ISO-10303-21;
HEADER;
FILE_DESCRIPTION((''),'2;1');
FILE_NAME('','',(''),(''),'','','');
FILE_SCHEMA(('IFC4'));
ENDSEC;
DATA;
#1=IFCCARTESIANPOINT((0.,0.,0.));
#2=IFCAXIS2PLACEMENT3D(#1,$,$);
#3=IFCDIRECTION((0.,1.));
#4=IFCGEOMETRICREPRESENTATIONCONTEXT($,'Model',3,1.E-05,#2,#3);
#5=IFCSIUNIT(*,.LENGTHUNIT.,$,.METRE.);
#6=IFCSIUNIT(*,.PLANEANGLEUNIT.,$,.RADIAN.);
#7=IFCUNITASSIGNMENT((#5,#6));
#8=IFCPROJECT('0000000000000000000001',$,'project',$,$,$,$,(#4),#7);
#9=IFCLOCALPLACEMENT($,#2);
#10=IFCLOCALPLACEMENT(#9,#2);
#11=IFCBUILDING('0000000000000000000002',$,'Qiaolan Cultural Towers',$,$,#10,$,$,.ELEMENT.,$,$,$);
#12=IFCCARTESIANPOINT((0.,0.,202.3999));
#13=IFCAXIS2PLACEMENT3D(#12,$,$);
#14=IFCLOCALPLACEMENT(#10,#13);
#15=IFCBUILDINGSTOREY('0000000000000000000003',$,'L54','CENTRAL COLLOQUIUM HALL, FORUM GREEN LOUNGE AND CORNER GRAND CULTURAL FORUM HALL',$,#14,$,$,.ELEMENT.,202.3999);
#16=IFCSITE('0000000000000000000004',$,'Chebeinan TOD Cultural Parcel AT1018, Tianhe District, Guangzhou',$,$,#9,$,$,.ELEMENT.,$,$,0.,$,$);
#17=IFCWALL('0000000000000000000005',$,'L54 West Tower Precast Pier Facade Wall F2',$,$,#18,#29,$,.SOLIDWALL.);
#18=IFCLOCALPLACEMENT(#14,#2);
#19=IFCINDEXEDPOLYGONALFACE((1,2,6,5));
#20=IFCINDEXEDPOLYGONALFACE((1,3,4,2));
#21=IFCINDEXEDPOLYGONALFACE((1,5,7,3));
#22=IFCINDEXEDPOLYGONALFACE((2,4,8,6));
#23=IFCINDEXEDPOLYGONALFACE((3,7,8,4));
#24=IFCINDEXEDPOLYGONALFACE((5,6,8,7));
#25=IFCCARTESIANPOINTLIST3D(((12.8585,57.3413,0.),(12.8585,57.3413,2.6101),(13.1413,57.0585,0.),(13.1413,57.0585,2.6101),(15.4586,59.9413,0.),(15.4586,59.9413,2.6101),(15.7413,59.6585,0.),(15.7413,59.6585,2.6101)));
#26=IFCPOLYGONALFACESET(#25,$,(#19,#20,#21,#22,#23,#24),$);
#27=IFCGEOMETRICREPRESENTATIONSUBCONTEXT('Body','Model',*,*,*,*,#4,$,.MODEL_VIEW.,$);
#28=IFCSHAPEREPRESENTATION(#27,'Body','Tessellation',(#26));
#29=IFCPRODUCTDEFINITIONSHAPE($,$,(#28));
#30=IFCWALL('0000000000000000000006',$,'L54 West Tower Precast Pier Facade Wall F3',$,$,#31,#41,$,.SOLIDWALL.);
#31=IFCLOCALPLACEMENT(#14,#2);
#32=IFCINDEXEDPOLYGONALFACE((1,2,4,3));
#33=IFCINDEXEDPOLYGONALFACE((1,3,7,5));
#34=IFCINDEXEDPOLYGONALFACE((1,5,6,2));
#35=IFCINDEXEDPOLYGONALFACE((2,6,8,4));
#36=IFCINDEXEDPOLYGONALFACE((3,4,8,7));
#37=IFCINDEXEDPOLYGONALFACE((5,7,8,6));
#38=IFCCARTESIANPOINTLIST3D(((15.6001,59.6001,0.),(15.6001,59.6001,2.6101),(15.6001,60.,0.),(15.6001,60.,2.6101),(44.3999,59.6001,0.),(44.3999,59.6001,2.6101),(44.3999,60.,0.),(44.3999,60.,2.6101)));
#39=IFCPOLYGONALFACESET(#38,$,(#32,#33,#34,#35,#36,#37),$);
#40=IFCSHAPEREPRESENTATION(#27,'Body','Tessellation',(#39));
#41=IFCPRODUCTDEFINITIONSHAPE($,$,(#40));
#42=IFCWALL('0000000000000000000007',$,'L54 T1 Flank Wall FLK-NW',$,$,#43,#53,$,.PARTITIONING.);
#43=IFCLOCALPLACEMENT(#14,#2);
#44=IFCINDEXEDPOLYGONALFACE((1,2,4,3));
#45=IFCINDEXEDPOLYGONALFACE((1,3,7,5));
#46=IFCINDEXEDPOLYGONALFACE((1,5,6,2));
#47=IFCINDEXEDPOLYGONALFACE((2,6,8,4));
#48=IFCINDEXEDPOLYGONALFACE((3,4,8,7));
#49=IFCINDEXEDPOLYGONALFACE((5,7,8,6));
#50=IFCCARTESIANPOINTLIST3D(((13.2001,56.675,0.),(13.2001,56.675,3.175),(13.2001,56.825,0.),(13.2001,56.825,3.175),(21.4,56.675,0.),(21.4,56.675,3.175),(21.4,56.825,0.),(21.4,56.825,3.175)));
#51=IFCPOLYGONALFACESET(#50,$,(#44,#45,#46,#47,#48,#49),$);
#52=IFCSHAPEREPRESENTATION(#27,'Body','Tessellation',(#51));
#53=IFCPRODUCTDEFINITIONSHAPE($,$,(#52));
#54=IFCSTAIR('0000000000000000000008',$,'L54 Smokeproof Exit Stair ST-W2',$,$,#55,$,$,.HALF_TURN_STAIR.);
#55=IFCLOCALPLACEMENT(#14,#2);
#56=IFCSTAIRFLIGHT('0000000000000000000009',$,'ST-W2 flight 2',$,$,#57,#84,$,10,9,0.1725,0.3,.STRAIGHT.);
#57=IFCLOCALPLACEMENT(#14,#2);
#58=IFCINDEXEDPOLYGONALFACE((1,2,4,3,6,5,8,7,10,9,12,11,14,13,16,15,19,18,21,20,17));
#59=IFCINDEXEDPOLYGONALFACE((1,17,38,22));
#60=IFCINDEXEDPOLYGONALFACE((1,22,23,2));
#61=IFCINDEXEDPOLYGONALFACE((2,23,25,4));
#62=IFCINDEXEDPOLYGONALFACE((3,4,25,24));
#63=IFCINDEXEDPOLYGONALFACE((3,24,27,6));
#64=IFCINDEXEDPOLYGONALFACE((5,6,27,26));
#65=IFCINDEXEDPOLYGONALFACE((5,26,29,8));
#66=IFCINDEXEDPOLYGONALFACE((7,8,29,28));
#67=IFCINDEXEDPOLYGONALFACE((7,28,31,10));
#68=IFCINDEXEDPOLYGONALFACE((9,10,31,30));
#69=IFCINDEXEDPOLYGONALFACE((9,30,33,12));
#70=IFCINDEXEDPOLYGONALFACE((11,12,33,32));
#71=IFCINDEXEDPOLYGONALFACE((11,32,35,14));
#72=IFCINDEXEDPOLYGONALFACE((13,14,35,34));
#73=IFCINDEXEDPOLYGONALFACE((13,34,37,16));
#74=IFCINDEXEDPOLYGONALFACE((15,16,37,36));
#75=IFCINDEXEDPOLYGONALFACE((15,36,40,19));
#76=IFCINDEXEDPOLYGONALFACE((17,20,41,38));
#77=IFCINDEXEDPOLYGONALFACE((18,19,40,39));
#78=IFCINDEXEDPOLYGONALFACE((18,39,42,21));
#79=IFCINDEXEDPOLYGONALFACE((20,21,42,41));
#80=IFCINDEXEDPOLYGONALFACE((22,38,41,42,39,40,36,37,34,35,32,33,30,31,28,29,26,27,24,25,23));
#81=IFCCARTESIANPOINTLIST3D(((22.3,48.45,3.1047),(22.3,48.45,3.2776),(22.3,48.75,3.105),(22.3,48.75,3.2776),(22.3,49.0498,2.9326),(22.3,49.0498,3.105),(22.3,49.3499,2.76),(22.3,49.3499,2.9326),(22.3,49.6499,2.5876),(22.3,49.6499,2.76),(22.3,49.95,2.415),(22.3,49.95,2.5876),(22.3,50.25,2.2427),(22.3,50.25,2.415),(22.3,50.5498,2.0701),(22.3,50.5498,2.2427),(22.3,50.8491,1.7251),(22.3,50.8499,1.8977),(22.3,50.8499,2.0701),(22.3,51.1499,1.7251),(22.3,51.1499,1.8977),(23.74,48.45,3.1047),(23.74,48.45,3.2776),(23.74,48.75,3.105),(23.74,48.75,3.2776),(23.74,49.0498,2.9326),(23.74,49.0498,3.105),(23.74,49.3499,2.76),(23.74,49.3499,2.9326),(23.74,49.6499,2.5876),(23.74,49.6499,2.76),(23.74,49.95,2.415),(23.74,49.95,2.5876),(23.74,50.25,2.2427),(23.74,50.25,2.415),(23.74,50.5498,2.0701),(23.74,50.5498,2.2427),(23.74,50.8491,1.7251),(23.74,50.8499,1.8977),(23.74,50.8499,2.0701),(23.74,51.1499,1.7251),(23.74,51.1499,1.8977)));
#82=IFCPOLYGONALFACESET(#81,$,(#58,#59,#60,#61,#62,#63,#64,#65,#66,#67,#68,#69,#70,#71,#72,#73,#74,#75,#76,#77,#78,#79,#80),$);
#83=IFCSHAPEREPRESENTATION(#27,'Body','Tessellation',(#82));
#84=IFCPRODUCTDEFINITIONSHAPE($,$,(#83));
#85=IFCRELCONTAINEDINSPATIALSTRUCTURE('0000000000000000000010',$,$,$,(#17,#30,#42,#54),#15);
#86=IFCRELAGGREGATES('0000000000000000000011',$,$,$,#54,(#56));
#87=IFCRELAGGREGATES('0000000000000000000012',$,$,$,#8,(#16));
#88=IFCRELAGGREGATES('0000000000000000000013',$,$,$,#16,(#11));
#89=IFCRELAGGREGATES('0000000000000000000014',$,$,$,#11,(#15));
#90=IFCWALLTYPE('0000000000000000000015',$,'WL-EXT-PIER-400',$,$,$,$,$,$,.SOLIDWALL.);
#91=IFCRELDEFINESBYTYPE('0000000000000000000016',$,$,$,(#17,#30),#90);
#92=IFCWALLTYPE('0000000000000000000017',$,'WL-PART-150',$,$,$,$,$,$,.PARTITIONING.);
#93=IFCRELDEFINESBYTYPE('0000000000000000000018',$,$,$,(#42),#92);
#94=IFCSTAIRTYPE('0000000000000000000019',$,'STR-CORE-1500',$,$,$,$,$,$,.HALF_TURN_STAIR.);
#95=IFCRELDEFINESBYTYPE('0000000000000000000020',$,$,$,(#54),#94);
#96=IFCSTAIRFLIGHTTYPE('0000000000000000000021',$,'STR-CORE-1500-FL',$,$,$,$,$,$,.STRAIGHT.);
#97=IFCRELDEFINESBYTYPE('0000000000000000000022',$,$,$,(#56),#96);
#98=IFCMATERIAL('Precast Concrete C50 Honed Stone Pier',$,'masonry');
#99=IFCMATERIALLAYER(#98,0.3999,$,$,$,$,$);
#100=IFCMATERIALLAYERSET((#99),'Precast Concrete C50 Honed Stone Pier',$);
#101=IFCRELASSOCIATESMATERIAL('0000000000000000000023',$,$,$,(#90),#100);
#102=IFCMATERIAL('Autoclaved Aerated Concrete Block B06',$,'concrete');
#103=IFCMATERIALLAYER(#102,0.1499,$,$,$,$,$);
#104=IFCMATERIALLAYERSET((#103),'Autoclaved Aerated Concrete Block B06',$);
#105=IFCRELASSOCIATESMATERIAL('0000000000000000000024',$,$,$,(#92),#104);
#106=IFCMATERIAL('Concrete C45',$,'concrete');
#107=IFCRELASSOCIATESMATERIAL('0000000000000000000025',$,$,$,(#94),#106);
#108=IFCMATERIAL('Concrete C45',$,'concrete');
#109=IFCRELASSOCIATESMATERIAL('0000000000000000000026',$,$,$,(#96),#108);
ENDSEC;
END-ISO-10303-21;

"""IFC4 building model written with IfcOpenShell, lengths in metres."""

from ifc_helpers import new_model, si_unit, direction, frame, frame_2d, origin, place, context, subcontext, project, spatial, polyline, rectangle, outline, extrude, material, layer, layer_set, type_object, element, aggregate, save


model = new_model("IFC4")

# Units and contexts
model_context = context("Model", 3, precision=1e-05, world=origin(), true_north=direction((0.0, 1.0)))
body_context = subcontext(model_context, "Body", "Model", "MODEL_VIEW")
ifc_project = project(units=[si_unit("LENGTHUNIT", "METRE"), si_unit("PLANEANGLEUNIT", "RADIAN")], contexts=[model_context])

# Site, building, storey
site_placement = place(None, origin())
site = spatial("IfcSite", under=ifc_project, at=site_placement, Name="Chebeinan TOD Cultural Parcel AT1018, Tianhe District, Guangzhou", CompositionType="ELEMENT", RefElevation=0.0)
building_placement = place(site_placement, origin())
building = spatial("IfcBuilding", under=site, at=building_placement, Name="Qiaolan Cultural Towers", CompositionType="ELEMENT")
storey_placement = place(building_placement, frame((0.0, 0.0, 202.3999)))
storey = spatial("IfcBuildingStorey", under=building, at=storey_placement, Name="L54", Description="CENTRAL COLLOQUIUM HALL, FORUM GREEN LOUNGE AND CORNER GRAND CULTURAL FORUM HALL", CompositionType="ELEMENT", Elevation=202.3999)

# Walls
ifc_material_1 = material(Name="Precast Concrete C50 Honed Stone Pier", Category="masonry")
ifc_layer_1 = layer(ifc_material_1, 0.3999)
ifc_layer_set_1 = layer_set([ifc_layer_1], Name="Precast Concrete C50 Honed Stone Pier")
wall_type_1 = type_object("IfcWallType", Name="WL-EXT-PIER-400", PredefinedType="SOLIDWALL", material=ifc_layer_set_1)
wall_1_placement = place(storey_placement, frame((13.0, 57.2, 0.0), z_axis=(0.0, 0.0, 1.0), x_axis=(0.707107, 0.707107, 0.0)))
element("IfcWall", 1, at=wall_1_placement, inside=storey, type_object=wall_type_1, Name="L54 West Tower Precast Pier Facade Wall F2", PredefinedType="SOLIDWALL", context=body_context, shape_type="SweptSolid", body=[
    extrude(rectangle(XDim=3.677, YDim=0.3999, at=frame_2d((1.8384, 0.0))), origin(), (0.0, 0.0, 1.0), 2.6101),
])
wall_2_placement = place(storey_placement, frame((15.6001, 59.8, 0.0), z_axis=(0.0, 0.0, 1.0), x_axis=(1.0, 0.0, 0.0)))
element("IfcWall", 2, at=wall_2_placement, inside=storey, type_object=wall_type_1, Name="L54 West Tower Precast Pier Facade Wall F3", PredefinedType="SOLIDWALL", context=body_context, shape_type="SweptSolid", body=[
    extrude(rectangle(XDim=28.7998, YDim=0.3999, at=frame_2d((14.3999, 0.0))), origin(), (0.0, 0.0, 1.0), 2.6101),
])
ifc_material_2 = material(Name="Autoclaved Aerated Concrete Block B06", Category="concrete")
ifc_layer_2 = layer(ifc_material_2, 0.1499)
ifc_layer_set_2 = layer_set([ifc_layer_2], Name="Autoclaved Aerated Concrete Block B06")
wall_type_2 = type_object("IfcWallType", Name="WL-PART-150", PredefinedType="PARTITIONING", material=ifc_layer_set_2)
wall_3_placement = place(storey_placement, frame((13.2, 56.75, 0.0), z_axis=(0.0, 0.0, 1.0), x_axis=(1.0, 0.0, 0.0)))
element("IfcWall", 3, at=wall_3_placement, inside=storey, type_object=wall_type_2, Name="L54 T1 Flank Wall FLK-NW", PredefinedType="PARTITIONING", context=body_context, shape_type="SweptSolid", body=[
    extrude(rectangle(XDim=8.2, YDim=0.1499, at=frame_2d((4.1001, 0.0))), origin(), (0.0, 0.0, 1.0), 3.175),
])

# Stair, stair flight
ifc_material_3 = material(Name="Concrete C45", Category="concrete")
stair_type = type_object("IfcStairType", Name="STR-CORE-1500", PredefinedType="HALF_TURN_STAIR", material=ifc_material_3)
stair_placement = place(storey_placement, origin())
stair = element("IfcStair", 4, at=stair_placement, inside=storey, type_object=stair_type, Name="L54 Smokeproof Exit Stair ST-W2", PredefinedType="HALF_TURN_STAIR")
ifc_material_4 = material(Name="Concrete C45", Category="concrete")
stair_flight_type = type_object("IfcStairFlightType", Name="STR-CORE-1500-FL", PredefinedType="STRAIGHT", material=ifc_material_4)
stair_flight_placement = place(storey_placement, frame((23.02, 51.1499, 1.7251), z_axis=(0.0, 0.0, 1.0), x_axis=(0.0, -1.0, 0.0)))
stair_flight = element("IfcStairFlight", 5, at=stair_flight_placement, type_object=stair_flight_type, Name="ST-W2 flight 2", NumberOfRisers=10, NumberOfTreads=9, PredefinedType="STRAIGHT", RiserHeight=0.1725, TreadLength=0.3, context=body_context, shape_type="SweptSolid", body=[
    extrude(outline(polyline([(0.0, 0.0), (0.0, 0.1726), (0.3, 0.1726), (0.3, 0.345), (0.6001, 0.345), (0.6001, 0.5176), (0.8999, 0.5176), (0.8999, 0.6899), (1.2, 0.6899), (1.2, 0.8625), (1.5, 0.8625), (1.5, 1.0349), (1.8, 1.0349), (1.8, 1.2075), (2.1001, 1.2075), (2.1001, 1.3799), (2.3999, 1.3799), (2.3999, 1.5525), (2.7, 1.5525), (2.7, 1.7251), (2.7, 1.3796), (0.3008, 0.0), (0.0, 0.0)])), frame((0.0, 0.72, 0.0), z_axis=(0.0, -1.0, 0.0), x_axis=(1.0, 0.0, 0.0)), (0.0, 0.0, 1.0), 1.4399),
])
aggregate(stair, [stair_flight])

save(model, "model.ifc")
